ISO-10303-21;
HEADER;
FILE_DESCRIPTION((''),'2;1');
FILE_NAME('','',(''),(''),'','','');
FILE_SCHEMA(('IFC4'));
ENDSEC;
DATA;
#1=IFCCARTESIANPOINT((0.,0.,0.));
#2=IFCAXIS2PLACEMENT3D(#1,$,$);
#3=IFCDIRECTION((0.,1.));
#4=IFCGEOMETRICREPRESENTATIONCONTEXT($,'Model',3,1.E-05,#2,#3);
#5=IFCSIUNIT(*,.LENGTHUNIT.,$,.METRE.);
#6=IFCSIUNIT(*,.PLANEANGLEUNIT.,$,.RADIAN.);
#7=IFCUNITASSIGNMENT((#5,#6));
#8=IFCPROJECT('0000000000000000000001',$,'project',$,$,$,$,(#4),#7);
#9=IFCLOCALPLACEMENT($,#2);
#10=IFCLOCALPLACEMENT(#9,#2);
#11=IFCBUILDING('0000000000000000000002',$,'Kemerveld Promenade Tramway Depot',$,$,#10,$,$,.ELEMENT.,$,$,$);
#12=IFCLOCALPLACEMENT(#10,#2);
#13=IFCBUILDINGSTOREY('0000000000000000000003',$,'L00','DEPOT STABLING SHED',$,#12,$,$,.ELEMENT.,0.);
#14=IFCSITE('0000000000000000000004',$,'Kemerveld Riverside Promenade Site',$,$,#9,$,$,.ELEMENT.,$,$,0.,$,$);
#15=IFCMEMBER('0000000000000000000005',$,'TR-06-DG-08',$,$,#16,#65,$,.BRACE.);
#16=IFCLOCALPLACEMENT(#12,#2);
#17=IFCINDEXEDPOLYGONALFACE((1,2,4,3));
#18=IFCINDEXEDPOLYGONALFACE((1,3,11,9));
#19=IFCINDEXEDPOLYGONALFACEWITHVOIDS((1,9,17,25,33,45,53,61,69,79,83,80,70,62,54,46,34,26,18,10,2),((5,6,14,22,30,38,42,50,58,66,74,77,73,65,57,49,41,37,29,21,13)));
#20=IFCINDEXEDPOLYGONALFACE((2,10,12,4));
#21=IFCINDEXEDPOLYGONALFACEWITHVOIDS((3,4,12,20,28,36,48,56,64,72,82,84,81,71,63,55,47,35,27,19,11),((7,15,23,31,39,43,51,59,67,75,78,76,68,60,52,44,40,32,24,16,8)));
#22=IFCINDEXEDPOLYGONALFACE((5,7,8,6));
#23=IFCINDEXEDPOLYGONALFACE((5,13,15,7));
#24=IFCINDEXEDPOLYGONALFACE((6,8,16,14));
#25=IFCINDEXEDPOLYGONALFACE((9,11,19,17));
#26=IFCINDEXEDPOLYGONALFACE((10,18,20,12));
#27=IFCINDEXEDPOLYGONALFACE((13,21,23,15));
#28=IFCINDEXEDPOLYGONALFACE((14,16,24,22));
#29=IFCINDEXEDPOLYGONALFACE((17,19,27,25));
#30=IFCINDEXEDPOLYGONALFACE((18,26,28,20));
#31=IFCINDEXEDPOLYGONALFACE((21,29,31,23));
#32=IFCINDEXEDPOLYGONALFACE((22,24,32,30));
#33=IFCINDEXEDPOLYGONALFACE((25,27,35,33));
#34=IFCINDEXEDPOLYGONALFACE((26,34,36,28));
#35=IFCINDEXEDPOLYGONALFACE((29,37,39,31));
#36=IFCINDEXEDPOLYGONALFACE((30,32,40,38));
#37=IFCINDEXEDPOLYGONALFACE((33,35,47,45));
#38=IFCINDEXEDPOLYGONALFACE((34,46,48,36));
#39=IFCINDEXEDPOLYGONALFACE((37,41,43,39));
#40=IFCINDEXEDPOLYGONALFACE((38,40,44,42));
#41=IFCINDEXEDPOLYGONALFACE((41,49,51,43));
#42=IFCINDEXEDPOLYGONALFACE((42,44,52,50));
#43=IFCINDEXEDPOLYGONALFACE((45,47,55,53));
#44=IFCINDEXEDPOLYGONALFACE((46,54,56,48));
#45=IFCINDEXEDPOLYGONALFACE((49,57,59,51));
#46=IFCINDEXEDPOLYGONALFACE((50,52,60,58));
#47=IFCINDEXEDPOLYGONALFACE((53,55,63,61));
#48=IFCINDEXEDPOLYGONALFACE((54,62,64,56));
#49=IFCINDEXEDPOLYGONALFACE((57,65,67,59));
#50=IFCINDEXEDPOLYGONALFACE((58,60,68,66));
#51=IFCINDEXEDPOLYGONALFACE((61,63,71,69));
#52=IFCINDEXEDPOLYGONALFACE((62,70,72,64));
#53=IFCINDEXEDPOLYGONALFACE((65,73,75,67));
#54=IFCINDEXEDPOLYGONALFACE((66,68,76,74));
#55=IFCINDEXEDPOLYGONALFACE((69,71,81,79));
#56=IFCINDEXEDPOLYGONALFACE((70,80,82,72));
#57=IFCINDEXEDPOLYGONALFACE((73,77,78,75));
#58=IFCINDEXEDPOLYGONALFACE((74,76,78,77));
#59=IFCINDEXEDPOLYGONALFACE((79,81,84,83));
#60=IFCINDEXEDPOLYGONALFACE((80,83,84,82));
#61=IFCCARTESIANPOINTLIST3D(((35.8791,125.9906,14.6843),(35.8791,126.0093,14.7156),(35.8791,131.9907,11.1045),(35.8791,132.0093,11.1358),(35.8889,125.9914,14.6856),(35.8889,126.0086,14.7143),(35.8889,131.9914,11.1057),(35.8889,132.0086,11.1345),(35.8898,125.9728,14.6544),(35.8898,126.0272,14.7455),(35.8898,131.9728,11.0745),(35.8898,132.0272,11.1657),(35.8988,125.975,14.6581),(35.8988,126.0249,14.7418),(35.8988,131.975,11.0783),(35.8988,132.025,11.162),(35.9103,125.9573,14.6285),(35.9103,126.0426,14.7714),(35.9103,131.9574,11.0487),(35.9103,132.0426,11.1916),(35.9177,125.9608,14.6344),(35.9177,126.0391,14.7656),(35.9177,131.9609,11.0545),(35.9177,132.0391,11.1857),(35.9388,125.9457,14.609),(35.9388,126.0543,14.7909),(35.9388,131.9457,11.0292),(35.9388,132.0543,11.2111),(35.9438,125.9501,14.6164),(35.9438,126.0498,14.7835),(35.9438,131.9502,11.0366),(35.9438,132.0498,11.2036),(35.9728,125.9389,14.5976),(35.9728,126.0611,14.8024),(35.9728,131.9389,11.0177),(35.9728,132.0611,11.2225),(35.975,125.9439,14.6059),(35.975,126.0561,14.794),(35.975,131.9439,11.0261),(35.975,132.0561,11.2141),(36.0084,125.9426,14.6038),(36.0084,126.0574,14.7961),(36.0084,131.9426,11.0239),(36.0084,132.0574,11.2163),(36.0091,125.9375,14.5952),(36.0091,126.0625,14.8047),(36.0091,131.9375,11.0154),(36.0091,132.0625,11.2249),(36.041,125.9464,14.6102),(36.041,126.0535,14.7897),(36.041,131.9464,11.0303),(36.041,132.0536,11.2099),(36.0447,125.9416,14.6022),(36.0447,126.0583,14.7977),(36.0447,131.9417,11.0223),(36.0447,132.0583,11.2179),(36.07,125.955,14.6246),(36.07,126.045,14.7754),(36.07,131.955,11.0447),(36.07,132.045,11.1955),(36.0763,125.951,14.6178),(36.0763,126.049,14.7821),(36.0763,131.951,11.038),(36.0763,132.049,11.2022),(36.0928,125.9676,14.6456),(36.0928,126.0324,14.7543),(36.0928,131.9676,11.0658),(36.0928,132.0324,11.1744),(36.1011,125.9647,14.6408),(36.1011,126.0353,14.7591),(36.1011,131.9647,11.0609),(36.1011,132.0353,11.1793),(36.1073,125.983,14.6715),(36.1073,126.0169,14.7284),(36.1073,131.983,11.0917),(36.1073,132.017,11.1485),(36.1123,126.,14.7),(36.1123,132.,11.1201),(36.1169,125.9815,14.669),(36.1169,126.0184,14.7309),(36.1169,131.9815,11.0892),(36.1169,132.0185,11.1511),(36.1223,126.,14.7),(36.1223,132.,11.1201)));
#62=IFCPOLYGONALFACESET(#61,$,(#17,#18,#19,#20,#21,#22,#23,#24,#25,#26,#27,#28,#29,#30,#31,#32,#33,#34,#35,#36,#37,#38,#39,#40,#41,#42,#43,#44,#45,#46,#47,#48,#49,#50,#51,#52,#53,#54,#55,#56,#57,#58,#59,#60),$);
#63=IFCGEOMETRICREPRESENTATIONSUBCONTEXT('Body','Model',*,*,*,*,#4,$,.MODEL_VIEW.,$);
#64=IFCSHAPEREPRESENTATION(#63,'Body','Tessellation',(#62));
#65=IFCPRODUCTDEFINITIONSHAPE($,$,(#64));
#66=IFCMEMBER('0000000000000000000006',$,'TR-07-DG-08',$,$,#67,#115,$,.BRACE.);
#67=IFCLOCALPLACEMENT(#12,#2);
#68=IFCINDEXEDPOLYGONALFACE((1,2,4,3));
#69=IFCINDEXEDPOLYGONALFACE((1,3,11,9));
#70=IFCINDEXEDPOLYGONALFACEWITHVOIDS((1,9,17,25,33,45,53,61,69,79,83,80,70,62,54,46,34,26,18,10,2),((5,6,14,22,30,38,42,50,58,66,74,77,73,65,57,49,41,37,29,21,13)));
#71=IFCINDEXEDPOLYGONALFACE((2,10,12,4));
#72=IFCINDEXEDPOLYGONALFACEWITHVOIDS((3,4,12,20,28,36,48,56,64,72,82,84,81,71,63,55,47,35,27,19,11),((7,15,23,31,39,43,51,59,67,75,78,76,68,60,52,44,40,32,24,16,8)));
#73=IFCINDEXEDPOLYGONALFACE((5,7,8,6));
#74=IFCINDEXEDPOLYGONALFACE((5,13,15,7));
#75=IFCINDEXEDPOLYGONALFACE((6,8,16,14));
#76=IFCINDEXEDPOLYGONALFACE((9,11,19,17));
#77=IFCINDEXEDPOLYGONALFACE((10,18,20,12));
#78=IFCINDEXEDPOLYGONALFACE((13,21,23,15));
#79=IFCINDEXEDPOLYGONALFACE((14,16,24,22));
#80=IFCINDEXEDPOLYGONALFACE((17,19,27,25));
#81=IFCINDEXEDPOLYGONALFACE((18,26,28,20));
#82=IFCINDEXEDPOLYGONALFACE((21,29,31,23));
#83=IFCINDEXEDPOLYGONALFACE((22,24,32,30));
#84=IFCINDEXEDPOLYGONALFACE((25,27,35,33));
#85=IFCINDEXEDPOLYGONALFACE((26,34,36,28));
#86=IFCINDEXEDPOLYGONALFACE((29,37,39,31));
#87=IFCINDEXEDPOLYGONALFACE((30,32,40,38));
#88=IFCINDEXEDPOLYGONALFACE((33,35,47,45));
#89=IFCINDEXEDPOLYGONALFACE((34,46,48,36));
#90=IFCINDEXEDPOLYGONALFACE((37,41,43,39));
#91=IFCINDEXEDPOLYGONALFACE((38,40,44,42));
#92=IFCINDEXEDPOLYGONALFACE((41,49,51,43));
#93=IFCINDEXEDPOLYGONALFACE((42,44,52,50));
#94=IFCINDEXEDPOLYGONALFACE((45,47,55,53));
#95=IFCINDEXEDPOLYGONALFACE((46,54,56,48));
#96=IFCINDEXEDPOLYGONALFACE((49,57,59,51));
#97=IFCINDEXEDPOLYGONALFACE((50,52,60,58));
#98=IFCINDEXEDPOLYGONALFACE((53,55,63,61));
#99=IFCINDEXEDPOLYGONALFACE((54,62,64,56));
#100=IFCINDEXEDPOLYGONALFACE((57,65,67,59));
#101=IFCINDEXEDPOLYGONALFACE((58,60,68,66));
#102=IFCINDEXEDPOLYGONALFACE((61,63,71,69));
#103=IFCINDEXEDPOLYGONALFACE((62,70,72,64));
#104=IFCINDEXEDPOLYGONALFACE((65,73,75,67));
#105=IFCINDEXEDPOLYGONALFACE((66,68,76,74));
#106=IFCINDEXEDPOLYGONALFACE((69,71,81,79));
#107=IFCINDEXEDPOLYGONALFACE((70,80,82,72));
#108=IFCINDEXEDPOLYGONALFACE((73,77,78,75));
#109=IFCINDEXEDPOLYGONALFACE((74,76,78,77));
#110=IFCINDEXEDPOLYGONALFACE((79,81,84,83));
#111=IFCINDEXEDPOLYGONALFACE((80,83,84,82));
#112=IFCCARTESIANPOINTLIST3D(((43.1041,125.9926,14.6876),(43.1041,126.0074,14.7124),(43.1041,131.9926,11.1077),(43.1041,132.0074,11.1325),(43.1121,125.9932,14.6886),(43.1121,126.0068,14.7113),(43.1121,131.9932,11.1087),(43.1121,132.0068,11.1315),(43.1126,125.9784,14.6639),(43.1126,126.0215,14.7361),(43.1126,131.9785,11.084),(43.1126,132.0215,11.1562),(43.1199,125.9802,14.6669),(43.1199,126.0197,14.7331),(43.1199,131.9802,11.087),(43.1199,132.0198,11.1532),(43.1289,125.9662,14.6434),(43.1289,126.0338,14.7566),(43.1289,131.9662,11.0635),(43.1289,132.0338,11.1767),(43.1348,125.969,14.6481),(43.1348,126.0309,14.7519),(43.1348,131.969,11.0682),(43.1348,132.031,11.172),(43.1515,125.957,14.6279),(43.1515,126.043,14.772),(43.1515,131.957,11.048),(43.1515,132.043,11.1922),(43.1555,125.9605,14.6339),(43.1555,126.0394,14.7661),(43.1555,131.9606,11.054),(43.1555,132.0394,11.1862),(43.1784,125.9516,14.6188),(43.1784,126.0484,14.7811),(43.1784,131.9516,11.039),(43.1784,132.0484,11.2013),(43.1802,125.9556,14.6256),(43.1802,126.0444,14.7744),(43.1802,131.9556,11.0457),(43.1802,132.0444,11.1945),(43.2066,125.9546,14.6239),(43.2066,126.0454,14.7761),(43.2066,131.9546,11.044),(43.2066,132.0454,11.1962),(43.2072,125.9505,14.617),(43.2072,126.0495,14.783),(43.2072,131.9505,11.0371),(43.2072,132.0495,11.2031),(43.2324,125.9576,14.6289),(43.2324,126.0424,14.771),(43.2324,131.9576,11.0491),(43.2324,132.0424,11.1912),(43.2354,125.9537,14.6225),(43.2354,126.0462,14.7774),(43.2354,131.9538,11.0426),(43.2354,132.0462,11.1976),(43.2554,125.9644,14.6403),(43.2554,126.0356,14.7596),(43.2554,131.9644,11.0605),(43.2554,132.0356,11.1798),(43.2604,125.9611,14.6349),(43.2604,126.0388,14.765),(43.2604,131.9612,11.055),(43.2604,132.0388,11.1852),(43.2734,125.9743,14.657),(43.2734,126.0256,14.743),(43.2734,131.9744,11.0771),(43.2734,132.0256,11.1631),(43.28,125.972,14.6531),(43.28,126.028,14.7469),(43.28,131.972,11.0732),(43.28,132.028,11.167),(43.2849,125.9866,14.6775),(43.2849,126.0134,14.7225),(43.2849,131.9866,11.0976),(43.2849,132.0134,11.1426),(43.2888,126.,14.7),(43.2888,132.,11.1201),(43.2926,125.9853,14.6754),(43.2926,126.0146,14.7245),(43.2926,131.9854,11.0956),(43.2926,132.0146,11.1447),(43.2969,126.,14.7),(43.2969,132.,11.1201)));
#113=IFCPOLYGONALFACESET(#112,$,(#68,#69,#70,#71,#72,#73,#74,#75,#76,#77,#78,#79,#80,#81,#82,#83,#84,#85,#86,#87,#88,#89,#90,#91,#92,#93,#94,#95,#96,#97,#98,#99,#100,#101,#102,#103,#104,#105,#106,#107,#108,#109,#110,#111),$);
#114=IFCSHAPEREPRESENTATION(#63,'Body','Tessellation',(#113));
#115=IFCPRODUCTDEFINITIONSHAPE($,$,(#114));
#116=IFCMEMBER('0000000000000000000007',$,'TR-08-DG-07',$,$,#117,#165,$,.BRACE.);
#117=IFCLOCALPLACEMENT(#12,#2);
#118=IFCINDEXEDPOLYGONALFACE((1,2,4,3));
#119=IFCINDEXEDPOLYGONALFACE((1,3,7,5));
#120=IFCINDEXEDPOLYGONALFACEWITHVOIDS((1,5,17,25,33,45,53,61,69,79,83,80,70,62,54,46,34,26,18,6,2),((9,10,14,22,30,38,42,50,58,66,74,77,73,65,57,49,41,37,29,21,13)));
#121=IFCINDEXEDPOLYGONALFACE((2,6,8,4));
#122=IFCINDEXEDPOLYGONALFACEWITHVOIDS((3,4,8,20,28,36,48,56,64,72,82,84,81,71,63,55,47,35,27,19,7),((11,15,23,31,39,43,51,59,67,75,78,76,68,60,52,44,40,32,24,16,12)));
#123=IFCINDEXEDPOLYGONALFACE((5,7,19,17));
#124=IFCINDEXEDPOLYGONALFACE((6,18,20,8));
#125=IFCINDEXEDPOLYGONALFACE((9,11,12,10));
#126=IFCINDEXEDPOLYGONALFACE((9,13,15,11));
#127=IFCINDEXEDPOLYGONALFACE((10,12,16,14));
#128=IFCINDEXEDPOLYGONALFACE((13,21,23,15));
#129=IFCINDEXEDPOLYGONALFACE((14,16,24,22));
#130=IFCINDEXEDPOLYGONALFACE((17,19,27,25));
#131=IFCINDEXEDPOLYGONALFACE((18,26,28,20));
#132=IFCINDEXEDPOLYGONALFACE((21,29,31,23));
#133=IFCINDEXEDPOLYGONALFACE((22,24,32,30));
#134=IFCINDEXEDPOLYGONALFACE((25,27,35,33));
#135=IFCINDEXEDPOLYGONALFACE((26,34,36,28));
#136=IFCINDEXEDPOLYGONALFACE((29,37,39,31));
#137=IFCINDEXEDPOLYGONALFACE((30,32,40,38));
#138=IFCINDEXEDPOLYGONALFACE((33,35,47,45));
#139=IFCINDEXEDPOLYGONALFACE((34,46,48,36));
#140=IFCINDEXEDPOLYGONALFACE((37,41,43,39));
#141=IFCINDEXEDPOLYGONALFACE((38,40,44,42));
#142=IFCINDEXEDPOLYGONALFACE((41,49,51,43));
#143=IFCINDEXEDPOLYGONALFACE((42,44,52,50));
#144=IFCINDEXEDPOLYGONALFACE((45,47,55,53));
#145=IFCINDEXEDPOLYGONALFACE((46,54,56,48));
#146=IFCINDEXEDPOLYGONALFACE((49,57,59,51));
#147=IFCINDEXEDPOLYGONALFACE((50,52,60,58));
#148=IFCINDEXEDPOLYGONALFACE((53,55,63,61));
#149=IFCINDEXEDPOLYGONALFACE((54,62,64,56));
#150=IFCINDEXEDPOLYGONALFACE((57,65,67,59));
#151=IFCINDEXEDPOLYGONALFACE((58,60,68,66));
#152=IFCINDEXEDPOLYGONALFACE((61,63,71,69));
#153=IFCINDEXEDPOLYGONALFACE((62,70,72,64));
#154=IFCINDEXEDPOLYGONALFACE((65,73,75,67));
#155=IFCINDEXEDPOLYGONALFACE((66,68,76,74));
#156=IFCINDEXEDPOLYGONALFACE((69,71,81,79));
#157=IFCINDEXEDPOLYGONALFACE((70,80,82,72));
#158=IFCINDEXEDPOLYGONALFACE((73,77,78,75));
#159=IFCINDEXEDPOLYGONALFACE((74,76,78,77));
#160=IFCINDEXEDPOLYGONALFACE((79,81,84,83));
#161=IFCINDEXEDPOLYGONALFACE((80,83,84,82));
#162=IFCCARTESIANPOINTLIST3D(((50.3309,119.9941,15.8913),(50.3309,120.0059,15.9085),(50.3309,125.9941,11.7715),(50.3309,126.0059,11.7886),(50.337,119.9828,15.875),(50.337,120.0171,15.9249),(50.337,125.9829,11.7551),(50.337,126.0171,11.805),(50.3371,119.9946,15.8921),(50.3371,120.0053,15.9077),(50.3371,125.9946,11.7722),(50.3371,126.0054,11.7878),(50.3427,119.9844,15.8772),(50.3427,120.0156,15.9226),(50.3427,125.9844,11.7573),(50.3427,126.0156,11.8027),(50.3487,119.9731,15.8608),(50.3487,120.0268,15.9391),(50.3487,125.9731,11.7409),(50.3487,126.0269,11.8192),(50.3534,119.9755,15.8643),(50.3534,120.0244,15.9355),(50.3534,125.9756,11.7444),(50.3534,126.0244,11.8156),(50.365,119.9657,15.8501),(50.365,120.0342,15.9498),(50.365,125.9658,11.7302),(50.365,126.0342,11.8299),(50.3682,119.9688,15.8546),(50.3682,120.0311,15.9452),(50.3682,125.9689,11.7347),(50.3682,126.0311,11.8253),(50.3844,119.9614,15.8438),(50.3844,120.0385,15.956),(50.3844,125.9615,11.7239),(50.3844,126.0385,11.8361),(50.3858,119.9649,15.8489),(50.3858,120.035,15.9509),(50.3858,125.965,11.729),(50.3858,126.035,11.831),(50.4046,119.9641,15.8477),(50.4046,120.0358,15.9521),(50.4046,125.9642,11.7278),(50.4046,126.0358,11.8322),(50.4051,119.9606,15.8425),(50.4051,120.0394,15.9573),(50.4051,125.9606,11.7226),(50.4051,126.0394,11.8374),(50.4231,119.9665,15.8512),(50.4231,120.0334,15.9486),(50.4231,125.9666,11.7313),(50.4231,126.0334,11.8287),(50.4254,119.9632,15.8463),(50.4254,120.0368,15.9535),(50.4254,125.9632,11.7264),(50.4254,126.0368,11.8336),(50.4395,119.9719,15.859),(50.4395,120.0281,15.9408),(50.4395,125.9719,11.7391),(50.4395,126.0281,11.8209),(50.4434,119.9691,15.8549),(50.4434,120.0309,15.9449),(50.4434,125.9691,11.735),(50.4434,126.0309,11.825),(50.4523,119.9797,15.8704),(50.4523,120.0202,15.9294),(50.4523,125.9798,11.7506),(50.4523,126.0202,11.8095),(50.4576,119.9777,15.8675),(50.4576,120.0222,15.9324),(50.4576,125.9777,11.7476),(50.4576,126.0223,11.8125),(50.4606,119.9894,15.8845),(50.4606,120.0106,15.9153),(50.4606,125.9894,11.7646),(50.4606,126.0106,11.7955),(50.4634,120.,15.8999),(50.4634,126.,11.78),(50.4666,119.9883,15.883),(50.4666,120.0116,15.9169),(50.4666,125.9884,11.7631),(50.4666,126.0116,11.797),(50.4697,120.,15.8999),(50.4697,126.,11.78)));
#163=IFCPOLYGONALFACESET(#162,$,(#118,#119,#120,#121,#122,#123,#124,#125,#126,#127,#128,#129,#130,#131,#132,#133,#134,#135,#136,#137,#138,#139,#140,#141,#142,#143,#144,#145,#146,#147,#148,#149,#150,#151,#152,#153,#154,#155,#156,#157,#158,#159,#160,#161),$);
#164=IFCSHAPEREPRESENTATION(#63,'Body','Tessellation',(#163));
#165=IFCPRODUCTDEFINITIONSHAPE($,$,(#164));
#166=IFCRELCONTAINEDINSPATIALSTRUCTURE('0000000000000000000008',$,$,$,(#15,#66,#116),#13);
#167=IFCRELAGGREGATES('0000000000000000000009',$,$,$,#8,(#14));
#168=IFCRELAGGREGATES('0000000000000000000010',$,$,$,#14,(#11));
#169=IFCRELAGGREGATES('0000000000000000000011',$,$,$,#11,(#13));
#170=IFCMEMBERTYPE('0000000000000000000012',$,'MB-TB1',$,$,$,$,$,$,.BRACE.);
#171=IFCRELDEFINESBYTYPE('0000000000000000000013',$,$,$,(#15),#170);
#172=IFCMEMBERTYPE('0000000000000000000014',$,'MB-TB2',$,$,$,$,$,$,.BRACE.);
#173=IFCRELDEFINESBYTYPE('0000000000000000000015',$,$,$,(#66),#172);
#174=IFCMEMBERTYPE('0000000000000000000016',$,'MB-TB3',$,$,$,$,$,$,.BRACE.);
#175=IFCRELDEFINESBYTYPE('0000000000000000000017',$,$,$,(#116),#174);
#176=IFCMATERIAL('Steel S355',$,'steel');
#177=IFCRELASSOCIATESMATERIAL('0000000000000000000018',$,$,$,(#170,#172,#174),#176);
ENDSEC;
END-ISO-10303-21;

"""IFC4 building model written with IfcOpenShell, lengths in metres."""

from ifc_helpers import new_model, si_unit, direction, frame, origin, origin_2d, place, context, subcontext, project, spatial, hollow_circle, extrude, material, material_profile, profile_set, type_object, element, save


model = new_model("IFC4")

# Units and contexts
model_context = context("Model", 3, precision=1e-05, world=origin(), true_north=direction((0.0, 1.0)))
body_context = subcontext(model_context, "Body", "Model", "MODEL_VIEW")
ifc_project = project(units=[si_unit("LENGTHUNIT", "METRE"), si_unit("PLANEANGLEUNIT", "RADIAN")], contexts=[model_context])

# Site, building, storey
site_placement = place(None, origin())
site = spatial("IfcSite", under=ifc_project, at=site_placement, Name="Kemerveld Riverside Promenade Site", CompositionType="ELEMENT", RefElevation=0.0)
building_placement = place(site_placement, origin())
building = spatial("IfcBuilding", under=site, at=building_placement, Name="Kemerveld Promenade Tramway Depot", CompositionType="ELEMENT")
storey_placement = place(building_placement, origin())
storey = spatial("IfcBuildingStorey", under=building, at=storey_placement, Name="L00", Description="DEPOT STABLING SHED", CompositionType="ELEMENT", Elevation=0.0)

# Shared definitions
ifc_material_1 = material(Name="Steel S355", Category="steel")

# Members
ifc_material_profile_1 = material_profile(ifc_material_1, hollow_circle(Radius=0.1223, WallThickness=0.01, at=origin_2d()), Name="244.5x10.0 CHS")
ifc_profile_set_1 = profile_set([ifc_material_profile_1], Name="Steel S355")
member_type_1 = type_object("IfcMemberType", Name="MB-TB1", PredefinedType="BRACE", material=ifc_profile_set_1)
member_1_placement = place(storey_placement, frame((36.0, 132.0, 11.1201), z_axis=(0.0, -0.858764, 0.512372), x_axis=(1.0, 0.0, 0.0)))
element("IfcMember", 1, at=member_1_placement, inside=storey, type_object=member_type_1, Name="TR-06-DG-08", PredefinedType="BRACE", context=body_context, shape_type="SweptSolid", body=[
    extrude(hollow_circle(Radius=0.1223, WallThickness=0.01, at=origin_2d()), origin(), (0.0, 0.0, 1.0), 6.9868),
])
ifc_material_profile_2 = material_profile(ifc_material_1, hollow_circle(Radius=0.0969, WallThickness=0.0081, at=origin_2d()), Name="193.7x8.0 CHS")
ifc_profile_set_2 = profile_set([ifc_material_profile_2], Name="Steel S355")
member_type_2 = type_object("IfcMemberType", Name="MB-TB2", PredefinedType="BRACE", material=ifc_profile_set_2)
member_2_placement = place(storey_placement, frame((43.2, 132.0, 11.1201), z_axis=(0.0, -0.858764, 0.512372), x_axis=(1.0, 0.0, 0.0)))
element("IfcMember", 2, at=member_2_placement, inside=storey, type_object=member_type_2, Name="TR-07-DG-08", PredefinedType="BRACE", context=body_context, shape_type="SweptSolid", body=[
    extrude(hollow_circle(Radius=0.0969, WallThickness=0.0081, at=origin_2d()), origin(), (0.0, 0.0, 1.0), 6.9868),
])
ifc_material_profile_3 = material_profile(ifc_material_1, hollow_circle(Radius=0.0698, WallThickness=0.0063, at=origin_2d()), Name="139.7x6.3 CHS")
ifc_profile_set_3 = profile_set([ifc_material_profile_3], Name="Steel S355")
member_type_3 = type_object("IfcMemberType", Name="MB-TB3", PredefinedType="BRACE", material=ifc_profile_set_3)
member_3_placement = place(storey_placement, frame((50.3999, 126.0, 11.78), z_axis=(0.0, -0.824371, 0.56605), x_axis=(1.0, 0.0, 0.0)))
element("IfcMember", 3, at=member_3_placement, inside=storey, type_object=member_type_3, Name="TR-08-DG-07", PredefinedType="BRACE", context=body_context, shape_type="SweptSolid", body=[
    extrude(hollow_circle(Radius=0.0698, WallThickness=0.0063, at=origin_2d()), origin(), (0.0, 0.0, 1.0), 7.2783),
])

save(model, "model.ifc")
